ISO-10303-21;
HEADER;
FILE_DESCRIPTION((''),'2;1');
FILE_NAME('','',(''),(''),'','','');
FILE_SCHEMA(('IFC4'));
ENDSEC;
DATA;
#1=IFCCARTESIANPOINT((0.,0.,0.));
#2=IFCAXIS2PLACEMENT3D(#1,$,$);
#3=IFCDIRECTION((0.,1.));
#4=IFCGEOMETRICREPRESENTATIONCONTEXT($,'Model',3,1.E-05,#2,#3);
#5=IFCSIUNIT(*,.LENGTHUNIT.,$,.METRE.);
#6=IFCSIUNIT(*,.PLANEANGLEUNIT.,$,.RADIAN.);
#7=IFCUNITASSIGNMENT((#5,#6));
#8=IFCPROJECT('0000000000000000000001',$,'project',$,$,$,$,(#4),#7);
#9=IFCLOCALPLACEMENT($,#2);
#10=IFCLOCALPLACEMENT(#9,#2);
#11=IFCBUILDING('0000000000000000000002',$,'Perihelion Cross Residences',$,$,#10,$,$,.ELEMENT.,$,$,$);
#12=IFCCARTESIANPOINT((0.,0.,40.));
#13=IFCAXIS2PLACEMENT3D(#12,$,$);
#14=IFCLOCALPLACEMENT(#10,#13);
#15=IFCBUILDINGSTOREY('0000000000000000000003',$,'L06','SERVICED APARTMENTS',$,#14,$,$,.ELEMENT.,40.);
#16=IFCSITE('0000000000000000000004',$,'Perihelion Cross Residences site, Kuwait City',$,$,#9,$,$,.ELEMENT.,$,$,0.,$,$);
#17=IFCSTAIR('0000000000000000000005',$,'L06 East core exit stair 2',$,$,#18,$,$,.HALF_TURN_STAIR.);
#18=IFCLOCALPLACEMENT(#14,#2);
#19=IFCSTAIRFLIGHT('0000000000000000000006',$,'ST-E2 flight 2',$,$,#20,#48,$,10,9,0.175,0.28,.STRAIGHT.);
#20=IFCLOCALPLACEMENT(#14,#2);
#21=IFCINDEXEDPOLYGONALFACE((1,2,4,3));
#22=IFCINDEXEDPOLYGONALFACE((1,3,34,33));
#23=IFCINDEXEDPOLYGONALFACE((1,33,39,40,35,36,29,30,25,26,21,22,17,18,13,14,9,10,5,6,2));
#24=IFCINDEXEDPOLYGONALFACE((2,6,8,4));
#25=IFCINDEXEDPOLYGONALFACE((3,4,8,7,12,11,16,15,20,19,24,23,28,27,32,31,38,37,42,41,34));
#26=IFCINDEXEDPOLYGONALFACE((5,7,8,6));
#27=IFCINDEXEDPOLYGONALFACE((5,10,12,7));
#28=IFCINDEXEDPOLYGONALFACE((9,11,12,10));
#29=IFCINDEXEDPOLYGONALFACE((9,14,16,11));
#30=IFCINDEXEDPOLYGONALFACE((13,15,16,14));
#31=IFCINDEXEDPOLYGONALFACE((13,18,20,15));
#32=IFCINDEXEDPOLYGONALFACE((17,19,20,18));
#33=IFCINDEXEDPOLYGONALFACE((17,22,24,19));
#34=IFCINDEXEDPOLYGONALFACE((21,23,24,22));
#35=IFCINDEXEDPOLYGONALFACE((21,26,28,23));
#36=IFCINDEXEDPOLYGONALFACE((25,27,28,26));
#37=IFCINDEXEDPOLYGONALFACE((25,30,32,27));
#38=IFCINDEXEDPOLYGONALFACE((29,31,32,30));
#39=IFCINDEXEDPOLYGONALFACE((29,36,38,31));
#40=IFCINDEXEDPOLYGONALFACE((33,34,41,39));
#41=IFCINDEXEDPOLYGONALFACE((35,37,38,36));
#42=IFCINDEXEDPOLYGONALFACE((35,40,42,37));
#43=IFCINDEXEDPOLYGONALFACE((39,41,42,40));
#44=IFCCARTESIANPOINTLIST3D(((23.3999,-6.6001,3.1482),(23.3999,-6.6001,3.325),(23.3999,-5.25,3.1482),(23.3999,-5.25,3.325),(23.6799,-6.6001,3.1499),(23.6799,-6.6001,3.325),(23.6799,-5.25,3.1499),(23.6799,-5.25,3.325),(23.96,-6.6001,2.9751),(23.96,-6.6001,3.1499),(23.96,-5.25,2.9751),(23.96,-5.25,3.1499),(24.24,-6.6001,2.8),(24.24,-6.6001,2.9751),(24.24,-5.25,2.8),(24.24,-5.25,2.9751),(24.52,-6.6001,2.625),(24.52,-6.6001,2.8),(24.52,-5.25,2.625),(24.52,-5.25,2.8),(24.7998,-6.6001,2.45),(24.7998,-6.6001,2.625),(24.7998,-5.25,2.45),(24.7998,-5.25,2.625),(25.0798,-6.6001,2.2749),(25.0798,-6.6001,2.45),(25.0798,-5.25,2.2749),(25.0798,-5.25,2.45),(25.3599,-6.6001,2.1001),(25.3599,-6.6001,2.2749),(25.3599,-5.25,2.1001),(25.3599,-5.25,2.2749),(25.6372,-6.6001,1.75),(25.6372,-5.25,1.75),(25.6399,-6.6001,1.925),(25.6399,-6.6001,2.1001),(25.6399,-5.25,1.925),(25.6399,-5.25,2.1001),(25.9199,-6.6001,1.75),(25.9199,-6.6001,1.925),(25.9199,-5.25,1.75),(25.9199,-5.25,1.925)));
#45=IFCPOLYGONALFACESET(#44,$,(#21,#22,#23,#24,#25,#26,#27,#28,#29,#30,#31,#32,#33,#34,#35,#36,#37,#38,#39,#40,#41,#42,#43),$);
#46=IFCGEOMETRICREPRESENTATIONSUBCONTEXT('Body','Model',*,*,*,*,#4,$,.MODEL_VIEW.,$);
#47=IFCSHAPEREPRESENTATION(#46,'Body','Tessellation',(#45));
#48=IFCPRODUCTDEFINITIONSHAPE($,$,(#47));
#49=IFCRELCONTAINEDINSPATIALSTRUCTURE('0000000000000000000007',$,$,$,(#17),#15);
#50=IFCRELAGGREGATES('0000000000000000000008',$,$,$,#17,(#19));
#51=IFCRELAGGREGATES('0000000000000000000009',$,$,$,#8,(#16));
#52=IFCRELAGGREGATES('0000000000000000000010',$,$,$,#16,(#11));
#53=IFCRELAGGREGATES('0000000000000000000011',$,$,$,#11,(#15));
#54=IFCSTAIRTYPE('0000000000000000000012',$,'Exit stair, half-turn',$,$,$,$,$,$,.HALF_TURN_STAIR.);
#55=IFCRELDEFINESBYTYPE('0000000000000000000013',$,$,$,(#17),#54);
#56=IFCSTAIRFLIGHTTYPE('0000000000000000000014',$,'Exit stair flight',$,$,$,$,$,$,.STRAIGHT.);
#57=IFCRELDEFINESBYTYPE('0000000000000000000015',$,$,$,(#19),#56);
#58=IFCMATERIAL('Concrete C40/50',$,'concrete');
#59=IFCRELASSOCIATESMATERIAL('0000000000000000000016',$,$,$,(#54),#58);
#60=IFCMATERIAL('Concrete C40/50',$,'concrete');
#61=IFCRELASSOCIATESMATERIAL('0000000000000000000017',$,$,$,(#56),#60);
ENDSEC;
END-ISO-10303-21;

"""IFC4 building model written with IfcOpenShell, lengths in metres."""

from ifc_helpers import new_model, si_unit, direction, frame, origin, place, context, subcontext, project, spatial, polyline, outline, extrude, material, type_object, element, aggregate, save


model = new_model("IFC4")

# Units and contexts
model_context = context("Model", 3, precision=1e-05, world=origin(), true_north=direction((0.0, 1.0)))
body_context = subcontext(model_context, "Body", "Model", "MODEL_VIEW")
ifc_project = project(units=[si_unit("LENGTHUNIT", "METRE"), si_unit("PLANEANGLEUNIT", "RADIAN")], contexts=[model_context])

# Site, building, storey
site_placement = place(None, origin())
site = spatial("IfcSite", under=ifc_project, at=site_placement, Name="Perihelion Cross Residences site, Kuwait City", CompositionType="ELEMENT", RefElevation=0.0)
building_placement = place(site_placement, origin())
building = spatial("IfcBuilding", under=site, at=building_placement, Name="Perihelion Cross Residences", CompositionType="ELEMENT")
storey_placement = place(building_placement, frame((0.0, 0.0, 40.0)))
storey = spatial("IfcBuildingStorey", under=building, at=storey_placement, Name="L06", Description="SERVICED APARTMENTS", CompositionType="ELEMENT", Elevation=40.0)

# Stair, stair flight
ifc_material_1 = material(Name="Concrete C40/50", Category="concrete")
stair_type = type_object("IfcStairType", Name="Exit stair, half-turn", PredefinedType="HALF_TURN_STAIR", material=ifc_material_1)
stair_placement = place(storey_placement, origin())
stair = element("IfcStair", 1, at=stair_placement, inside=storey, type_object=stair_type, Name="L06 East core exit stair 2", PredefinedType="HALF_TURN_STAIR")
ifc_material_2 = material(Name="Concrete C40/50", Category="concrete")
stair_flight_type = type_object("IfcStairFlightType", Name="Exit stair flight", PredefinedType="STRAIGHT", material=ifc_material_2)
stair_flight_placement = place(storey_placement, frame((25.9199, -5.925, 1.75), z_axis=(0.0, 0.0, 1.0), x_axis=(-1.0, 0.0, 0.0)))
stair_flight = element("IfcStairFlight", 2, at=stair_flight_placement, type_object=stair_flight_type, Name="ST-E2 flight 2", NumberOfRisers=10, NumberOfTreads=9, PredefinedType="STRAIGHT", RiserHeight=0.175, TreadLength=0.28, context=body_context, shape_type="SweptSolid", body=[
    extrude(outline(polyline([(0.0, 0.0), (0.0, 0.175), (0.28, 0.175), (0.28, 0.3501), (0.5601, 0.3501), (0.5601, 0.5249), (0.8401, 0.5249), (0.8401, 0.7), (1.1201, 0.7), (1.1201, 0.875), (1.3999, 0.875), (1.3999, 1.05), (1.6799, 1.05), (1.6799, 1.2251), (1.96, 1.2251), (1.96, 1.3999), (2.24, 1.3999), (2.24, 1.575), (2.52, 1.575), (2.52, 1.75), (2.52, 1.3982), (0.2827, 0.0), (0.0, 0.0)])), frame((0.0, 0.675, 0.0), z_axis=(0.0, -1.0, 0.0), x_axis=(1.0, 0.0, 0.0)), (0.0, 0.0, 1.0), 1.3501),
])
aggregate(stair, [stair_flight])

save(model, "model.ifc")
